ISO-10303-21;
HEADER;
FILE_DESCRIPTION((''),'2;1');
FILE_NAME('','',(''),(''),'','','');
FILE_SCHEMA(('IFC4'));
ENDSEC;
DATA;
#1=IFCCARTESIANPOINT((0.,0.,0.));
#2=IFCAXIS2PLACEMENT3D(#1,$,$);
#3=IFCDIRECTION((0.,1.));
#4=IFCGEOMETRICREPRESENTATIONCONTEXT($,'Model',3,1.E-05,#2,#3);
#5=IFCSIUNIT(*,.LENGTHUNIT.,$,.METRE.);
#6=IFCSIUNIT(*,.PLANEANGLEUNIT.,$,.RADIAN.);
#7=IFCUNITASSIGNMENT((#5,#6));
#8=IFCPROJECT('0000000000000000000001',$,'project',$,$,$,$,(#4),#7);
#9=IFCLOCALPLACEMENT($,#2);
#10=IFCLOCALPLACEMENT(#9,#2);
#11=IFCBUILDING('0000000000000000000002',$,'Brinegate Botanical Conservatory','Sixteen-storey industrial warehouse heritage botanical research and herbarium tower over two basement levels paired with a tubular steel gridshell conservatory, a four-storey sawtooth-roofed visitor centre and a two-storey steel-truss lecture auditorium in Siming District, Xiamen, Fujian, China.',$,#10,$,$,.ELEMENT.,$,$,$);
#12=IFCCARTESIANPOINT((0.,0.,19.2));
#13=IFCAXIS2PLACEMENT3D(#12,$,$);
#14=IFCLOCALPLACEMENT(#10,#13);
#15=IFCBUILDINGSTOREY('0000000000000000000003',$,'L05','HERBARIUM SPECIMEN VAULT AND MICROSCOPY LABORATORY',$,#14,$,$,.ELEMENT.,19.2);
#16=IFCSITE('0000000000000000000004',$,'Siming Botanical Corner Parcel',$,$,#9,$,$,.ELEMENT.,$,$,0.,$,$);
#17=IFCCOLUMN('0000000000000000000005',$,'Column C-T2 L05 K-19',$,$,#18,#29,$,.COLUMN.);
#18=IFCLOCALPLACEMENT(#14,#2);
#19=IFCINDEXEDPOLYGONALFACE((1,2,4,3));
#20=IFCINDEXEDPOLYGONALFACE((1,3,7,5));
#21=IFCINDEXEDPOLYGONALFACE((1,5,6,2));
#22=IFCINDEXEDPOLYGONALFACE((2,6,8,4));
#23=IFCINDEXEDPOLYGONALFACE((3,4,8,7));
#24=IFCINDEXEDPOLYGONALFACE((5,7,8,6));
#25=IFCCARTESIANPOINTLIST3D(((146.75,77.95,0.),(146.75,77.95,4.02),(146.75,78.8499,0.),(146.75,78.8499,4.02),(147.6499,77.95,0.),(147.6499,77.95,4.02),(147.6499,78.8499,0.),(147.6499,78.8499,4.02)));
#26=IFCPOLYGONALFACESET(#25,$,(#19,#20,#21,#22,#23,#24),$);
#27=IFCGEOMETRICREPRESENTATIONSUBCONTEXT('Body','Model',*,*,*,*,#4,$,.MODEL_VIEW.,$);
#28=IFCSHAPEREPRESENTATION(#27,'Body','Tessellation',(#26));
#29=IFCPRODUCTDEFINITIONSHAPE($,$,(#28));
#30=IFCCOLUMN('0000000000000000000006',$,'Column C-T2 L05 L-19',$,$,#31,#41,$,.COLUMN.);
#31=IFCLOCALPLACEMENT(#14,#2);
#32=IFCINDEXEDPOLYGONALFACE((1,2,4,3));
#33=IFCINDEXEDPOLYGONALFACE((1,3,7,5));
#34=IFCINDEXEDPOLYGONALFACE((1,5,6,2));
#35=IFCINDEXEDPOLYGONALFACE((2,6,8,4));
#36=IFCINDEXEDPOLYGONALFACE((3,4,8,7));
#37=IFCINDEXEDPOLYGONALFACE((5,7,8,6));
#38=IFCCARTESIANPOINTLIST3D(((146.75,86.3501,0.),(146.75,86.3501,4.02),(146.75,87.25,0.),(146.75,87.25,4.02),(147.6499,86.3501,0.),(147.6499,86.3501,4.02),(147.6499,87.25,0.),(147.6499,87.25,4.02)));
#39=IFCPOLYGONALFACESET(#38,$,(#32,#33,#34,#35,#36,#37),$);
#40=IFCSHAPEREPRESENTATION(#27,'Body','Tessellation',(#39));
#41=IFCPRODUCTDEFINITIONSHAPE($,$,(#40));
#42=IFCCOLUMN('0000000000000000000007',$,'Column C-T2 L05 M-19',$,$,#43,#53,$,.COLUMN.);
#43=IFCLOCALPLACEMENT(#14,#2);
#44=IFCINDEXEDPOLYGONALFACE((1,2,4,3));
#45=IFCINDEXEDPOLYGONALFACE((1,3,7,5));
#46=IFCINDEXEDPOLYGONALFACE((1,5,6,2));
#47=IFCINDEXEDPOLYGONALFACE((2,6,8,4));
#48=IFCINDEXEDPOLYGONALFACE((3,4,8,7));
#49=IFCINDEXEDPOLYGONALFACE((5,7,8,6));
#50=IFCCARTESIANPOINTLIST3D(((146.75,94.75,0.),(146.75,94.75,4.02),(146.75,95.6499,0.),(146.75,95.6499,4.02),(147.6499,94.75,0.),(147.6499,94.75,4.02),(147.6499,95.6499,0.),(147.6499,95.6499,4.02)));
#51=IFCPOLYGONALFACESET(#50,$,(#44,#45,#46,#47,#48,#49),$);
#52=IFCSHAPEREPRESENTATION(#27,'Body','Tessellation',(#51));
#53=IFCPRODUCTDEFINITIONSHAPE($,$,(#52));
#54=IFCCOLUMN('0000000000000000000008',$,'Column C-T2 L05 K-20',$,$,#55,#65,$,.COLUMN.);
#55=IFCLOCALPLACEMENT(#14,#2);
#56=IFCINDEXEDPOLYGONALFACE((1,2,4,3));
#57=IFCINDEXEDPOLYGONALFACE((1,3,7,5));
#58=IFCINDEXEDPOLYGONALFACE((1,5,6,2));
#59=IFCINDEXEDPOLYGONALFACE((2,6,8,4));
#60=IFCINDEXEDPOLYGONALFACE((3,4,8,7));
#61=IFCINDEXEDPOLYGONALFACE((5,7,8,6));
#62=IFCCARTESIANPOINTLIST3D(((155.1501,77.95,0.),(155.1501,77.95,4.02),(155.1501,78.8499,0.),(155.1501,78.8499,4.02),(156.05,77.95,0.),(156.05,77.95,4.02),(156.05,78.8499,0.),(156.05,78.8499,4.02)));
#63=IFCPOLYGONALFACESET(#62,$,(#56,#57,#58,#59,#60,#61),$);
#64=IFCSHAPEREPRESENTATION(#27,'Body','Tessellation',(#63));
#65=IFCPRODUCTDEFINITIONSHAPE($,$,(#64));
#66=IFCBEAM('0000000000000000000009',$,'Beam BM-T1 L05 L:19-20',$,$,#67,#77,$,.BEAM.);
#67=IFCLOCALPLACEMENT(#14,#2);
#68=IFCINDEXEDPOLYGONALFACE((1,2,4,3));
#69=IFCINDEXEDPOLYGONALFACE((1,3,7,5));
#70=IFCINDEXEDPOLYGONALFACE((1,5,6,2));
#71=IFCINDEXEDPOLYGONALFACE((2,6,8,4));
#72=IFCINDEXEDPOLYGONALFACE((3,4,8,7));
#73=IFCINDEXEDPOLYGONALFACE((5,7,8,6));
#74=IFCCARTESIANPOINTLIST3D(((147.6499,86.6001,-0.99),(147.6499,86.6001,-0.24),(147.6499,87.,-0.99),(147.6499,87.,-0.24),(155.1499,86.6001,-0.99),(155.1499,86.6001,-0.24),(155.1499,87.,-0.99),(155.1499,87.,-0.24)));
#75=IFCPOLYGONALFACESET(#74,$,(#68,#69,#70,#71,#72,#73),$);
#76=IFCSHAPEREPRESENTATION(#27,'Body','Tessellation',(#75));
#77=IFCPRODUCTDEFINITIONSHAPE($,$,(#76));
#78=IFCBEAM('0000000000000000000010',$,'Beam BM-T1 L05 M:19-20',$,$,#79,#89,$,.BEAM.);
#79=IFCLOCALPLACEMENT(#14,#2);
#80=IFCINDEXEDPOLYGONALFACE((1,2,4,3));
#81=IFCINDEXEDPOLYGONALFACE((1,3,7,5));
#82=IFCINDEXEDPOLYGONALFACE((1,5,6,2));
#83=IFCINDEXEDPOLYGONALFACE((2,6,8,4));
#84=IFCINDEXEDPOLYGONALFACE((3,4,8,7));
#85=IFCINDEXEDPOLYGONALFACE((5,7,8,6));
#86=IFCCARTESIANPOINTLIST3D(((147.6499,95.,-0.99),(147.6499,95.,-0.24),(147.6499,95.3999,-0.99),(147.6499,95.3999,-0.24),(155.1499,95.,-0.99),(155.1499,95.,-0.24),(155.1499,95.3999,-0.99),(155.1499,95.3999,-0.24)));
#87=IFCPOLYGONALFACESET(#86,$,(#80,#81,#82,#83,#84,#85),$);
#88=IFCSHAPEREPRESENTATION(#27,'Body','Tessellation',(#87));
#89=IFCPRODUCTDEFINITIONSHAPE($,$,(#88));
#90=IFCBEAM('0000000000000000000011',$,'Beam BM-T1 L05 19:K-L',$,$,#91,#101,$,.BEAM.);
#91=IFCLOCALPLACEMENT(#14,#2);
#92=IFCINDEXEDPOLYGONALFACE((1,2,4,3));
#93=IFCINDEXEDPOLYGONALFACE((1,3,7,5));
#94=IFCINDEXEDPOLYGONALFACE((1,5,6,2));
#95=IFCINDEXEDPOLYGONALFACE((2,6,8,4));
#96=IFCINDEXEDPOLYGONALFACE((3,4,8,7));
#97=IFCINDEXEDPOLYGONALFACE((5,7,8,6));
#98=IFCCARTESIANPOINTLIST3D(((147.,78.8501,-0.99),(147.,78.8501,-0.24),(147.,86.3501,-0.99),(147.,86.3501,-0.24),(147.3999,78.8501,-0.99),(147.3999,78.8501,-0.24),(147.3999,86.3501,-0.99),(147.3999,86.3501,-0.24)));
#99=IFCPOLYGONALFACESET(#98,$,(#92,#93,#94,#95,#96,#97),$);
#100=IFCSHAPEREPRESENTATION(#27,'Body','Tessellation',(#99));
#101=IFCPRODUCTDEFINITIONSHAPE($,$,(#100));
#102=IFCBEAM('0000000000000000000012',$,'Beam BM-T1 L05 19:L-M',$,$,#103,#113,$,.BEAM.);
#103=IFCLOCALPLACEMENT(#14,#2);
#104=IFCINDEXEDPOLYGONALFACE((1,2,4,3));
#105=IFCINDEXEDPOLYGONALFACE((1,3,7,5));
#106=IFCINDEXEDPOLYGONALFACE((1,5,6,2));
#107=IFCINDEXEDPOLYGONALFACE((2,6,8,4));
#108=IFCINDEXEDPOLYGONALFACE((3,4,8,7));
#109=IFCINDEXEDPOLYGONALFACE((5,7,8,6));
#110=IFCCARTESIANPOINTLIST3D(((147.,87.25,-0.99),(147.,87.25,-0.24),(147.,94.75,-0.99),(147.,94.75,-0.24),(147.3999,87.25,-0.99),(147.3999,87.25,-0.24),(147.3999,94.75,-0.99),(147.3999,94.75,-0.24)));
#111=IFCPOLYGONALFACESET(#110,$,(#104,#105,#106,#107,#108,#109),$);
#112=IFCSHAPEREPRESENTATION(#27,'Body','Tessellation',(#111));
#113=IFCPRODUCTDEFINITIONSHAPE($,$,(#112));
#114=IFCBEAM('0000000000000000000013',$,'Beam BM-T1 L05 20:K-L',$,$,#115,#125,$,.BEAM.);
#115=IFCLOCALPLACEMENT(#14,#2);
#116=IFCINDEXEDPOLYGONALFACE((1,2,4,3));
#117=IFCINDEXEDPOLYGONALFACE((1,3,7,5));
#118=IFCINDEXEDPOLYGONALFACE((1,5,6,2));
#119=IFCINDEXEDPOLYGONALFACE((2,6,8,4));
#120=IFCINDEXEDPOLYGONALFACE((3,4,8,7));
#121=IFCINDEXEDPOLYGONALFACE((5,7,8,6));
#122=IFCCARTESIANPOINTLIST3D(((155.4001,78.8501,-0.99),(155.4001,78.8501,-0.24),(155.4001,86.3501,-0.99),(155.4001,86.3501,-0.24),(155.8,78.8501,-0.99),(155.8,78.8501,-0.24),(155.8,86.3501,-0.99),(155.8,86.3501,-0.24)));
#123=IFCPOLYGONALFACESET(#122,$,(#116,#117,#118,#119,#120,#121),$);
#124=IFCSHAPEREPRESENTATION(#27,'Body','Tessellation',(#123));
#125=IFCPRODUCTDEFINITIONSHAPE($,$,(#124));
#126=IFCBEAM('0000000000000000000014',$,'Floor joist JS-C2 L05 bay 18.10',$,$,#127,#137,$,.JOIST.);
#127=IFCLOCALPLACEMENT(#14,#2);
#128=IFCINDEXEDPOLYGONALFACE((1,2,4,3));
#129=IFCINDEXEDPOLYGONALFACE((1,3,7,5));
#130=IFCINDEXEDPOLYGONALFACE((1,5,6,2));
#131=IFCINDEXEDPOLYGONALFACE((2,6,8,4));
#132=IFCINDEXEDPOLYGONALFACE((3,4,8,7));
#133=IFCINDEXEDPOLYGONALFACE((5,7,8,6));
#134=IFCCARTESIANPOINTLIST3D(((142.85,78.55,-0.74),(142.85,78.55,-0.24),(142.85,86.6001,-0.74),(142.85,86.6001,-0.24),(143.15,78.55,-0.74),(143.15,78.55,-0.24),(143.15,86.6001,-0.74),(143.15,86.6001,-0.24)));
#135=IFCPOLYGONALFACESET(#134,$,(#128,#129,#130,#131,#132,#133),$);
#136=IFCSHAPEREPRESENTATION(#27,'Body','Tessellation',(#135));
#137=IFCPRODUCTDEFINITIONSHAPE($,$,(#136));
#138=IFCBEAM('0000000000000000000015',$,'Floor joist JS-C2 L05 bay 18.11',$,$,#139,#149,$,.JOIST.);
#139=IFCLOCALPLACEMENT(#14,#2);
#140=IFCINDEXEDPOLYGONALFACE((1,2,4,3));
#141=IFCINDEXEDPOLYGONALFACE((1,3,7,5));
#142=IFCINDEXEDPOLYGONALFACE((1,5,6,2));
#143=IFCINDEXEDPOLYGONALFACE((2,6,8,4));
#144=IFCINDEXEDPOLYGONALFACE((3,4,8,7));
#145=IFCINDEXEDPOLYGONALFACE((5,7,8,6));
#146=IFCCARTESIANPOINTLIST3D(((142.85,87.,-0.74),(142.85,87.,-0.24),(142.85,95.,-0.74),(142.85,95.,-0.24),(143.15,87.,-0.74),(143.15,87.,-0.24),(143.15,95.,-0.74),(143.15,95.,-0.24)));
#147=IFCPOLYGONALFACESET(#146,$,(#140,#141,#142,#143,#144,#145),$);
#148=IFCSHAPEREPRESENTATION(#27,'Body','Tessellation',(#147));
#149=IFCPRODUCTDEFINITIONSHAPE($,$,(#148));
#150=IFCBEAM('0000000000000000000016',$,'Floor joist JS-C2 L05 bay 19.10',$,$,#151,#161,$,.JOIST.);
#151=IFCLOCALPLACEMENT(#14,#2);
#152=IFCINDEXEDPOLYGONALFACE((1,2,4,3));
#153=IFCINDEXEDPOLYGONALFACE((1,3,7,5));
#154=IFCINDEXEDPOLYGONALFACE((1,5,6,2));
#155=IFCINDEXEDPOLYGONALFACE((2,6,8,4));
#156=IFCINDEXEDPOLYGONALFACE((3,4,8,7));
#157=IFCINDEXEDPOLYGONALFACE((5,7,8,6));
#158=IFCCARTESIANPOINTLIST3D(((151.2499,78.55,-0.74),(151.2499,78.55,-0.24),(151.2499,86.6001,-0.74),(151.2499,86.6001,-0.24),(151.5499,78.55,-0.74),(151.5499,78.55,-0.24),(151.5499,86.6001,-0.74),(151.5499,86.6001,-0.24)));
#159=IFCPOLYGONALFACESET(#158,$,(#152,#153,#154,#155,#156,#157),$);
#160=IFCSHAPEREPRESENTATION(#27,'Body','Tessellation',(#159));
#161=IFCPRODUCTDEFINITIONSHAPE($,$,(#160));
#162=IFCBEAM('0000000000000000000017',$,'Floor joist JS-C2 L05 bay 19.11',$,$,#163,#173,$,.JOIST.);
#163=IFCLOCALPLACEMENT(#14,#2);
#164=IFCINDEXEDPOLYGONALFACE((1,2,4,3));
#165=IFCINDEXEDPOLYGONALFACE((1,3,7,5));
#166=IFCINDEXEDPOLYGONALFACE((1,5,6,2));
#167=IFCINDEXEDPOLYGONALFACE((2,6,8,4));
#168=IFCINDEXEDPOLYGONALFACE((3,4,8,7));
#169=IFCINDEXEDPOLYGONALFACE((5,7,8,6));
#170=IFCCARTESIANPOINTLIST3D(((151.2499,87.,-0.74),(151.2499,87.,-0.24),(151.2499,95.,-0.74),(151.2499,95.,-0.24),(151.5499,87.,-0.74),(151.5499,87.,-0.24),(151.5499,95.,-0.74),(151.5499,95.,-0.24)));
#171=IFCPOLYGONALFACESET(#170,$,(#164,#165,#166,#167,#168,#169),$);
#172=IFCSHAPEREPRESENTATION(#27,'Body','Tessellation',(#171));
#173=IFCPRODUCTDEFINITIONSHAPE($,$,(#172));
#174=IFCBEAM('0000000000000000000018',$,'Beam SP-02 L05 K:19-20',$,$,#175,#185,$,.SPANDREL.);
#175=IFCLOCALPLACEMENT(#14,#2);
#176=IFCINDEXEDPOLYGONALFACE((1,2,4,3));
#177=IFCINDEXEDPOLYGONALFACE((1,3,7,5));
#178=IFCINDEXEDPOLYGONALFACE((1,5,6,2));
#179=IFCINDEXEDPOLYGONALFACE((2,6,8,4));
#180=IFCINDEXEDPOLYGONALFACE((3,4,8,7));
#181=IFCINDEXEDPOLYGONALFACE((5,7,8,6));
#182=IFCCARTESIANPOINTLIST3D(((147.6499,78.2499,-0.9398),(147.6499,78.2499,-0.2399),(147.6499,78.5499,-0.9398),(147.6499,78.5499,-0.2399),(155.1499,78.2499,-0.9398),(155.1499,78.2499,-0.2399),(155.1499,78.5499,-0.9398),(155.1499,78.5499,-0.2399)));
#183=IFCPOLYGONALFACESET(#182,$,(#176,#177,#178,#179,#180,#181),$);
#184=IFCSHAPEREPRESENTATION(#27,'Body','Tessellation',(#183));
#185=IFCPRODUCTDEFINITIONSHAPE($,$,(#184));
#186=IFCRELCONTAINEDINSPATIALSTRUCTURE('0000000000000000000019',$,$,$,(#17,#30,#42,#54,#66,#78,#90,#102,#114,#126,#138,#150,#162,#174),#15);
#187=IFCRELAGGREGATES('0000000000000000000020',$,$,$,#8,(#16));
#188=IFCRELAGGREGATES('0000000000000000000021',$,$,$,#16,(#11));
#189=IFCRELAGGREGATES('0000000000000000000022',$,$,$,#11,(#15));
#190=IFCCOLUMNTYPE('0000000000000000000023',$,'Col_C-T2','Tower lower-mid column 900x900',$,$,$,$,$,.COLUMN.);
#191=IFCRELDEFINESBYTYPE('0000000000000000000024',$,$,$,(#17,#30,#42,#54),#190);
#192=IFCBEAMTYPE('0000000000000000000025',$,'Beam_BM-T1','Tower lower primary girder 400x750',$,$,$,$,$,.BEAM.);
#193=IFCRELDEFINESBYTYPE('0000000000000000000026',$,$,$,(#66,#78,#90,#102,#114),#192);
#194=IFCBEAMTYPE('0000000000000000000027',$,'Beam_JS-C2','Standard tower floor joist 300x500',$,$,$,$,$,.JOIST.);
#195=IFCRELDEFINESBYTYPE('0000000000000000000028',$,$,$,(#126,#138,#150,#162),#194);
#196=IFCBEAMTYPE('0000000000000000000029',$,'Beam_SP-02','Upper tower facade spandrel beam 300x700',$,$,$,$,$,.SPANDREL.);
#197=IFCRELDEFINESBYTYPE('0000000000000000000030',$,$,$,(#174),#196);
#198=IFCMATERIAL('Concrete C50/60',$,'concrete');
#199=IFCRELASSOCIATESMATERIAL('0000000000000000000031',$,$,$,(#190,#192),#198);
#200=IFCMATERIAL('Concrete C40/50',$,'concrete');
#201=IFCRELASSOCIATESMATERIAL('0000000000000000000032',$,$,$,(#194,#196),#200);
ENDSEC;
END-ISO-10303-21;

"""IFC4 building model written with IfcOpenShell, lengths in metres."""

from ifc_helpers import new_model, si_unit, direction, frame, origin, origin_2d, place, context, subcontext, project, spatial, rectangle, extrude, material, material_profile, profile_set, type_object, element, save


model = new_model("IFC4")

# Units and contexts
model_context = context("Model", 3, precision=1e-05, world=origin(), true_north=direction((0.0, 1.0)))
body_context = subcontext(model_context, "Body", "Model", "MODEL_VIEW")
ifc_project = project(units=[si_unit("LENGTHUNIT", "METRE"), si_unit("PLANEANGLEUNIT", "RADIAN")], contexts=[model_context])

# Site, building, storey
site_placement = place(None, origin())
site = spatial("IfcSite", under=ifc_project, at=site_placement, Name="Siming Botanical Corner Parcel", CompositionType="ELEMENT", RefElevation=0.0)
building_placement = place(site_placement, origin())
building = spatial("IfcBuilding", under=site, at=building_placement, Name="Brinegate Botanical Conservatory", Description="Sixteen-storey industrial warehouse heritage botanical research and herbarium tower over two basement levels paired with a tubular steel gridshell conservatory, a four-storey sawtooth-roofed visitor centre and a two-storey steel-truss lecture auditorium in Siming District, Xiamen, Fujian, China.", CompositionType="ELEMENT")
storey_placement = place(building_placement, frame((0.0, 0.0, 19.2)))
storey = spatial("IfcBuildingStorey", under=building, at=storey_placement, Name="L05", Description="HERBARIUM SPECIMEN VAULT AND MICROSCOPY LABORATORY", CompositionType="ELEMENT", Elevation=19.2)

# Columns
ifc_material_1 = material(Name="Concrete C50/60", Category="concrete")
ifc_material_profile_1 = material_profile(ifc_material_1, rectangle(XDim=0.8999, YDim=0.8999, at=origin_2d()), Name="RC COL 900x900")
ifc_profile_set_1 = profile_set([ifc_material_profile_1], Name="Concrete C50/60")
column_type = type_object("IfcColumnType", Name="Col_C-T2", Description="Tower lower-mid column 900x900", PredefinedType="COLUMN", material=ifc_profile_set_1)
for number, where, z_axis, x_axis, name in (
    (1, (147.2, 78.3999, 0.0), (0.0, 0.0, 1.0), (1.0, 0.0, 0.0), "Column C-T2 L05 K-19"),
    (2, (147.2, 86.8, 0.0), (0.0, 0.0, 1.0), (1.0, 0.0, 0.0), "Column C-T2 L05 L-19"),
    (3, (147.2, 95.2, 0.0), (0.0, 0.0, 1.0), (1.0, 0.0, 0.0), "Column C-T2 L05 M-19"),
    (4, (155.6001, 78.3999, 0.0), (0.0, 0.0, 1.0), (1.0, 0.0, 0.0), "Column C-T2 L05 K-20"),
):
    element("IfcColumn", number, at=place(storey_placement, frame(where, z_axis=z_axis, x_axis=x_axis)), inside=storey, type_object=column_type, Name=name, PredefinedType="COLUMN", context=body_context, shape_type="SweptSolid", body=[
        extrude(rectangle(XDim=0.8999, YDim=0.8999, at=origin_2d()), origin(), (0.0, 0.0, 1.0), 4.02),
    ])

# Beams
ifc_material_profile_2 = material_profile(ifc_material_1, rectangle(XDim=0.3999, YDim=0.75, at=origin_2d()), Name="RC BM 400x750")
ifc_profile_set_2 = profile_set([ifc_material_profile_2], Name="Concrete C50/60")
beam_type_1 = type_object("IfcBeamType", Name="Beam_BM-T1", Description="Tower lower primary girder 400x750", PredefinedType="BEAM", material=ifc_profile_set_2)
for number, where, z_axis, x_axis, name in (
    (5, (147.6499, 86.8, -0.615), (1.0, 0.0, 0.0), (0.0, 1.0, 0.0), "Beam BM-T1 L05 L:19-20"),
    (6, (147.6499, 95.2, -0.615), (1.0, 0.0, 0.0), (0.0, 1.0, 0.0), "Beam BM-T1 L05 M:19-20"),
    (7, (147.2, 78.8501, -0.615), (0.0, 1.0, 0.0), (-1.0, 0.0, 0.0), "Beam BM-T1 L05 19:K-L"),
    (8, (147.2, 87.25, -0.615), (0.0, 1.0, 0.0), (-1.0, 0.0, 0.0), "Beam BM-T1 L05 19:L-M"),
    (9, (155.6001, 78.8501, -0.615), (0.0, 1.0, 0.0), (-1.0, 0.0, 0.0), "Beam BM-T1 L05 20:K-L"),
):
    element("IfcBeam", number, at=place(storey_placement, frame(where, z_axis=z_axis, x_axis=x_axis)), inside=storey, type_object=beam_type_1, Name=name, PredefinedType="BEAM", context=body_context, shape_type="SweptSolid", body=[
        extrude(rectangle(XDim=0.3999, YDim=0.75, at=origin_2d()), origin(), (0.0, 0.0, 1.0), 7.5),
    ])
ifc_material_2 = material(Name="Concrete C40/50", Category="concrete")
ifc_material_profile_3 = material_profile(ifc_material_2, rectangle(XDim=0.3, YDim=0.5, at=origin_2d()), Name="RC JST 300x500")
ifc_profile_set_3 = profile_set([ifc_material_profile_3], Name="Concrete C40/50")
beam_type_2 = type_object("IfcBeamType", Name="Beam_JS-C2", Description="Standard tower floor joist 300x500", PredefinedType="JOIST", material=ifc_profile_set_3)
beam_1_placement = place(storey_placement, frame((143.0, 78.55, -0.49), z_axis=(0.0, 1.0, 0.0), x_axis=(-1.0, 0.0, 0.0)))
element("IfcBeam", 10, at=beam_1_placement, inside=storey, type_object=beam_type_2, Name="Floor joist JS-C2 L05 bay 18.10", PredefinedType="JOIST", context=body_context, shape_type="SweptSolid", body=[
    extrude(rectangle(XDim=0.3, YDim=0.5, at=origin_2d()), origin(), (0.0, 0.0, 1.0), 8.05),
])
beam_2_placement = place(storey_placement, frame((143.0, 87.0, -0.49), z_axis=(0.0, 1.0, 0.0), x_axis=(-1.0, 0.0, 0.0)))
element("IfcBeam", 11, at=beam_2_placement, inside=storey, type_object=beam_type_2, Name="Floor joist JS-C2 L05 bay 18.11", PredefinedType="JOIST", context=body_context, shape_type="SweptSolid", body=[
    extrude(rectangle(XDim=0.3, YDim=0.5, at=origin_2d()), origin(), (0.0, 0.0, 1.0), 8.0),
])
beam_3_placement = place(storey_placement, frame((151.3999, 78.55, -0.49), z_axis=(0.0, 1.0, 0.0), x_axis=(-1.0, 0.0, 0.0)))
element("IfcBeam", 12, at=beam_3_placement, inside=storey, type_object=beam_type_2, Name="Floor joist JS-C2 L05 bay 19.10", PredefinedType="JOIST", context=body_context, shape_type="SweptSolid", body=[
    extrude(rectangle(XDim=0.3, YDim=0.5, at=origin_2d()), origin(), (0.0, 0.0, 1.0), 8.05),
])
beam_4_placement = place(storey_placement, frame((151.3999, 87.0, -0.49), z_axis=(0.0, 1.0, 0.0), x_axis=(-1.0, 0.0, 0.0)))
element("IfcBeam", 13, at=beam_4_placement, inside=storey, type_object=beam_type_2, Name="Floor joist JS-C2 L05 bay 19.11", PredefinedType="JOIST", context=body_context, shape_type="SweptSolid", body=[
    extrude(rectangle(XDim=0.3, YDim=0.5, at=origin_2d()), origin(), (0.0, 0.0, 1.0), 8.0),
])
ifc_material_profile_4 = material_profile(ifc_material_2, rectangle(XDim=0.3, YDim=0.7, at=origin_2d()), Name="RC SPN 300x700")
ifc_profile_set_4 = profile_set([ifc_material_profile_4], Name="Concrete C40/50")
beam_type_3 = type_object("IfcBeamType", Name="Beam_SP-02", Description="Upper tower facade spandrel beam 300x700", PredefinedType="SPANDREL", material=ifc_profile_set_4)
beam_5_placement = place(storey_placement, frame((147.6499, 78.3999, -0.5898), z_axis=(1.0, 0.0, 0.0), x_axis=(0.0, 1.0, 0.0)))
element("IfcBeam", 14, at=beam_5_placement, inside=storey, type_object=beam_type_3, Name="Beam SP-02 L05 K:19-20", PredefinedType="SPANDREL", context=body_context, shape_type="SweptSolid", body=[
    extrude(rectangle(XDim=0.3, YDim=0.7, at=origin_2d()), origin(), (0.0, 0.0, 1.0), 7.5),
])

save(model, "model.ifc")
